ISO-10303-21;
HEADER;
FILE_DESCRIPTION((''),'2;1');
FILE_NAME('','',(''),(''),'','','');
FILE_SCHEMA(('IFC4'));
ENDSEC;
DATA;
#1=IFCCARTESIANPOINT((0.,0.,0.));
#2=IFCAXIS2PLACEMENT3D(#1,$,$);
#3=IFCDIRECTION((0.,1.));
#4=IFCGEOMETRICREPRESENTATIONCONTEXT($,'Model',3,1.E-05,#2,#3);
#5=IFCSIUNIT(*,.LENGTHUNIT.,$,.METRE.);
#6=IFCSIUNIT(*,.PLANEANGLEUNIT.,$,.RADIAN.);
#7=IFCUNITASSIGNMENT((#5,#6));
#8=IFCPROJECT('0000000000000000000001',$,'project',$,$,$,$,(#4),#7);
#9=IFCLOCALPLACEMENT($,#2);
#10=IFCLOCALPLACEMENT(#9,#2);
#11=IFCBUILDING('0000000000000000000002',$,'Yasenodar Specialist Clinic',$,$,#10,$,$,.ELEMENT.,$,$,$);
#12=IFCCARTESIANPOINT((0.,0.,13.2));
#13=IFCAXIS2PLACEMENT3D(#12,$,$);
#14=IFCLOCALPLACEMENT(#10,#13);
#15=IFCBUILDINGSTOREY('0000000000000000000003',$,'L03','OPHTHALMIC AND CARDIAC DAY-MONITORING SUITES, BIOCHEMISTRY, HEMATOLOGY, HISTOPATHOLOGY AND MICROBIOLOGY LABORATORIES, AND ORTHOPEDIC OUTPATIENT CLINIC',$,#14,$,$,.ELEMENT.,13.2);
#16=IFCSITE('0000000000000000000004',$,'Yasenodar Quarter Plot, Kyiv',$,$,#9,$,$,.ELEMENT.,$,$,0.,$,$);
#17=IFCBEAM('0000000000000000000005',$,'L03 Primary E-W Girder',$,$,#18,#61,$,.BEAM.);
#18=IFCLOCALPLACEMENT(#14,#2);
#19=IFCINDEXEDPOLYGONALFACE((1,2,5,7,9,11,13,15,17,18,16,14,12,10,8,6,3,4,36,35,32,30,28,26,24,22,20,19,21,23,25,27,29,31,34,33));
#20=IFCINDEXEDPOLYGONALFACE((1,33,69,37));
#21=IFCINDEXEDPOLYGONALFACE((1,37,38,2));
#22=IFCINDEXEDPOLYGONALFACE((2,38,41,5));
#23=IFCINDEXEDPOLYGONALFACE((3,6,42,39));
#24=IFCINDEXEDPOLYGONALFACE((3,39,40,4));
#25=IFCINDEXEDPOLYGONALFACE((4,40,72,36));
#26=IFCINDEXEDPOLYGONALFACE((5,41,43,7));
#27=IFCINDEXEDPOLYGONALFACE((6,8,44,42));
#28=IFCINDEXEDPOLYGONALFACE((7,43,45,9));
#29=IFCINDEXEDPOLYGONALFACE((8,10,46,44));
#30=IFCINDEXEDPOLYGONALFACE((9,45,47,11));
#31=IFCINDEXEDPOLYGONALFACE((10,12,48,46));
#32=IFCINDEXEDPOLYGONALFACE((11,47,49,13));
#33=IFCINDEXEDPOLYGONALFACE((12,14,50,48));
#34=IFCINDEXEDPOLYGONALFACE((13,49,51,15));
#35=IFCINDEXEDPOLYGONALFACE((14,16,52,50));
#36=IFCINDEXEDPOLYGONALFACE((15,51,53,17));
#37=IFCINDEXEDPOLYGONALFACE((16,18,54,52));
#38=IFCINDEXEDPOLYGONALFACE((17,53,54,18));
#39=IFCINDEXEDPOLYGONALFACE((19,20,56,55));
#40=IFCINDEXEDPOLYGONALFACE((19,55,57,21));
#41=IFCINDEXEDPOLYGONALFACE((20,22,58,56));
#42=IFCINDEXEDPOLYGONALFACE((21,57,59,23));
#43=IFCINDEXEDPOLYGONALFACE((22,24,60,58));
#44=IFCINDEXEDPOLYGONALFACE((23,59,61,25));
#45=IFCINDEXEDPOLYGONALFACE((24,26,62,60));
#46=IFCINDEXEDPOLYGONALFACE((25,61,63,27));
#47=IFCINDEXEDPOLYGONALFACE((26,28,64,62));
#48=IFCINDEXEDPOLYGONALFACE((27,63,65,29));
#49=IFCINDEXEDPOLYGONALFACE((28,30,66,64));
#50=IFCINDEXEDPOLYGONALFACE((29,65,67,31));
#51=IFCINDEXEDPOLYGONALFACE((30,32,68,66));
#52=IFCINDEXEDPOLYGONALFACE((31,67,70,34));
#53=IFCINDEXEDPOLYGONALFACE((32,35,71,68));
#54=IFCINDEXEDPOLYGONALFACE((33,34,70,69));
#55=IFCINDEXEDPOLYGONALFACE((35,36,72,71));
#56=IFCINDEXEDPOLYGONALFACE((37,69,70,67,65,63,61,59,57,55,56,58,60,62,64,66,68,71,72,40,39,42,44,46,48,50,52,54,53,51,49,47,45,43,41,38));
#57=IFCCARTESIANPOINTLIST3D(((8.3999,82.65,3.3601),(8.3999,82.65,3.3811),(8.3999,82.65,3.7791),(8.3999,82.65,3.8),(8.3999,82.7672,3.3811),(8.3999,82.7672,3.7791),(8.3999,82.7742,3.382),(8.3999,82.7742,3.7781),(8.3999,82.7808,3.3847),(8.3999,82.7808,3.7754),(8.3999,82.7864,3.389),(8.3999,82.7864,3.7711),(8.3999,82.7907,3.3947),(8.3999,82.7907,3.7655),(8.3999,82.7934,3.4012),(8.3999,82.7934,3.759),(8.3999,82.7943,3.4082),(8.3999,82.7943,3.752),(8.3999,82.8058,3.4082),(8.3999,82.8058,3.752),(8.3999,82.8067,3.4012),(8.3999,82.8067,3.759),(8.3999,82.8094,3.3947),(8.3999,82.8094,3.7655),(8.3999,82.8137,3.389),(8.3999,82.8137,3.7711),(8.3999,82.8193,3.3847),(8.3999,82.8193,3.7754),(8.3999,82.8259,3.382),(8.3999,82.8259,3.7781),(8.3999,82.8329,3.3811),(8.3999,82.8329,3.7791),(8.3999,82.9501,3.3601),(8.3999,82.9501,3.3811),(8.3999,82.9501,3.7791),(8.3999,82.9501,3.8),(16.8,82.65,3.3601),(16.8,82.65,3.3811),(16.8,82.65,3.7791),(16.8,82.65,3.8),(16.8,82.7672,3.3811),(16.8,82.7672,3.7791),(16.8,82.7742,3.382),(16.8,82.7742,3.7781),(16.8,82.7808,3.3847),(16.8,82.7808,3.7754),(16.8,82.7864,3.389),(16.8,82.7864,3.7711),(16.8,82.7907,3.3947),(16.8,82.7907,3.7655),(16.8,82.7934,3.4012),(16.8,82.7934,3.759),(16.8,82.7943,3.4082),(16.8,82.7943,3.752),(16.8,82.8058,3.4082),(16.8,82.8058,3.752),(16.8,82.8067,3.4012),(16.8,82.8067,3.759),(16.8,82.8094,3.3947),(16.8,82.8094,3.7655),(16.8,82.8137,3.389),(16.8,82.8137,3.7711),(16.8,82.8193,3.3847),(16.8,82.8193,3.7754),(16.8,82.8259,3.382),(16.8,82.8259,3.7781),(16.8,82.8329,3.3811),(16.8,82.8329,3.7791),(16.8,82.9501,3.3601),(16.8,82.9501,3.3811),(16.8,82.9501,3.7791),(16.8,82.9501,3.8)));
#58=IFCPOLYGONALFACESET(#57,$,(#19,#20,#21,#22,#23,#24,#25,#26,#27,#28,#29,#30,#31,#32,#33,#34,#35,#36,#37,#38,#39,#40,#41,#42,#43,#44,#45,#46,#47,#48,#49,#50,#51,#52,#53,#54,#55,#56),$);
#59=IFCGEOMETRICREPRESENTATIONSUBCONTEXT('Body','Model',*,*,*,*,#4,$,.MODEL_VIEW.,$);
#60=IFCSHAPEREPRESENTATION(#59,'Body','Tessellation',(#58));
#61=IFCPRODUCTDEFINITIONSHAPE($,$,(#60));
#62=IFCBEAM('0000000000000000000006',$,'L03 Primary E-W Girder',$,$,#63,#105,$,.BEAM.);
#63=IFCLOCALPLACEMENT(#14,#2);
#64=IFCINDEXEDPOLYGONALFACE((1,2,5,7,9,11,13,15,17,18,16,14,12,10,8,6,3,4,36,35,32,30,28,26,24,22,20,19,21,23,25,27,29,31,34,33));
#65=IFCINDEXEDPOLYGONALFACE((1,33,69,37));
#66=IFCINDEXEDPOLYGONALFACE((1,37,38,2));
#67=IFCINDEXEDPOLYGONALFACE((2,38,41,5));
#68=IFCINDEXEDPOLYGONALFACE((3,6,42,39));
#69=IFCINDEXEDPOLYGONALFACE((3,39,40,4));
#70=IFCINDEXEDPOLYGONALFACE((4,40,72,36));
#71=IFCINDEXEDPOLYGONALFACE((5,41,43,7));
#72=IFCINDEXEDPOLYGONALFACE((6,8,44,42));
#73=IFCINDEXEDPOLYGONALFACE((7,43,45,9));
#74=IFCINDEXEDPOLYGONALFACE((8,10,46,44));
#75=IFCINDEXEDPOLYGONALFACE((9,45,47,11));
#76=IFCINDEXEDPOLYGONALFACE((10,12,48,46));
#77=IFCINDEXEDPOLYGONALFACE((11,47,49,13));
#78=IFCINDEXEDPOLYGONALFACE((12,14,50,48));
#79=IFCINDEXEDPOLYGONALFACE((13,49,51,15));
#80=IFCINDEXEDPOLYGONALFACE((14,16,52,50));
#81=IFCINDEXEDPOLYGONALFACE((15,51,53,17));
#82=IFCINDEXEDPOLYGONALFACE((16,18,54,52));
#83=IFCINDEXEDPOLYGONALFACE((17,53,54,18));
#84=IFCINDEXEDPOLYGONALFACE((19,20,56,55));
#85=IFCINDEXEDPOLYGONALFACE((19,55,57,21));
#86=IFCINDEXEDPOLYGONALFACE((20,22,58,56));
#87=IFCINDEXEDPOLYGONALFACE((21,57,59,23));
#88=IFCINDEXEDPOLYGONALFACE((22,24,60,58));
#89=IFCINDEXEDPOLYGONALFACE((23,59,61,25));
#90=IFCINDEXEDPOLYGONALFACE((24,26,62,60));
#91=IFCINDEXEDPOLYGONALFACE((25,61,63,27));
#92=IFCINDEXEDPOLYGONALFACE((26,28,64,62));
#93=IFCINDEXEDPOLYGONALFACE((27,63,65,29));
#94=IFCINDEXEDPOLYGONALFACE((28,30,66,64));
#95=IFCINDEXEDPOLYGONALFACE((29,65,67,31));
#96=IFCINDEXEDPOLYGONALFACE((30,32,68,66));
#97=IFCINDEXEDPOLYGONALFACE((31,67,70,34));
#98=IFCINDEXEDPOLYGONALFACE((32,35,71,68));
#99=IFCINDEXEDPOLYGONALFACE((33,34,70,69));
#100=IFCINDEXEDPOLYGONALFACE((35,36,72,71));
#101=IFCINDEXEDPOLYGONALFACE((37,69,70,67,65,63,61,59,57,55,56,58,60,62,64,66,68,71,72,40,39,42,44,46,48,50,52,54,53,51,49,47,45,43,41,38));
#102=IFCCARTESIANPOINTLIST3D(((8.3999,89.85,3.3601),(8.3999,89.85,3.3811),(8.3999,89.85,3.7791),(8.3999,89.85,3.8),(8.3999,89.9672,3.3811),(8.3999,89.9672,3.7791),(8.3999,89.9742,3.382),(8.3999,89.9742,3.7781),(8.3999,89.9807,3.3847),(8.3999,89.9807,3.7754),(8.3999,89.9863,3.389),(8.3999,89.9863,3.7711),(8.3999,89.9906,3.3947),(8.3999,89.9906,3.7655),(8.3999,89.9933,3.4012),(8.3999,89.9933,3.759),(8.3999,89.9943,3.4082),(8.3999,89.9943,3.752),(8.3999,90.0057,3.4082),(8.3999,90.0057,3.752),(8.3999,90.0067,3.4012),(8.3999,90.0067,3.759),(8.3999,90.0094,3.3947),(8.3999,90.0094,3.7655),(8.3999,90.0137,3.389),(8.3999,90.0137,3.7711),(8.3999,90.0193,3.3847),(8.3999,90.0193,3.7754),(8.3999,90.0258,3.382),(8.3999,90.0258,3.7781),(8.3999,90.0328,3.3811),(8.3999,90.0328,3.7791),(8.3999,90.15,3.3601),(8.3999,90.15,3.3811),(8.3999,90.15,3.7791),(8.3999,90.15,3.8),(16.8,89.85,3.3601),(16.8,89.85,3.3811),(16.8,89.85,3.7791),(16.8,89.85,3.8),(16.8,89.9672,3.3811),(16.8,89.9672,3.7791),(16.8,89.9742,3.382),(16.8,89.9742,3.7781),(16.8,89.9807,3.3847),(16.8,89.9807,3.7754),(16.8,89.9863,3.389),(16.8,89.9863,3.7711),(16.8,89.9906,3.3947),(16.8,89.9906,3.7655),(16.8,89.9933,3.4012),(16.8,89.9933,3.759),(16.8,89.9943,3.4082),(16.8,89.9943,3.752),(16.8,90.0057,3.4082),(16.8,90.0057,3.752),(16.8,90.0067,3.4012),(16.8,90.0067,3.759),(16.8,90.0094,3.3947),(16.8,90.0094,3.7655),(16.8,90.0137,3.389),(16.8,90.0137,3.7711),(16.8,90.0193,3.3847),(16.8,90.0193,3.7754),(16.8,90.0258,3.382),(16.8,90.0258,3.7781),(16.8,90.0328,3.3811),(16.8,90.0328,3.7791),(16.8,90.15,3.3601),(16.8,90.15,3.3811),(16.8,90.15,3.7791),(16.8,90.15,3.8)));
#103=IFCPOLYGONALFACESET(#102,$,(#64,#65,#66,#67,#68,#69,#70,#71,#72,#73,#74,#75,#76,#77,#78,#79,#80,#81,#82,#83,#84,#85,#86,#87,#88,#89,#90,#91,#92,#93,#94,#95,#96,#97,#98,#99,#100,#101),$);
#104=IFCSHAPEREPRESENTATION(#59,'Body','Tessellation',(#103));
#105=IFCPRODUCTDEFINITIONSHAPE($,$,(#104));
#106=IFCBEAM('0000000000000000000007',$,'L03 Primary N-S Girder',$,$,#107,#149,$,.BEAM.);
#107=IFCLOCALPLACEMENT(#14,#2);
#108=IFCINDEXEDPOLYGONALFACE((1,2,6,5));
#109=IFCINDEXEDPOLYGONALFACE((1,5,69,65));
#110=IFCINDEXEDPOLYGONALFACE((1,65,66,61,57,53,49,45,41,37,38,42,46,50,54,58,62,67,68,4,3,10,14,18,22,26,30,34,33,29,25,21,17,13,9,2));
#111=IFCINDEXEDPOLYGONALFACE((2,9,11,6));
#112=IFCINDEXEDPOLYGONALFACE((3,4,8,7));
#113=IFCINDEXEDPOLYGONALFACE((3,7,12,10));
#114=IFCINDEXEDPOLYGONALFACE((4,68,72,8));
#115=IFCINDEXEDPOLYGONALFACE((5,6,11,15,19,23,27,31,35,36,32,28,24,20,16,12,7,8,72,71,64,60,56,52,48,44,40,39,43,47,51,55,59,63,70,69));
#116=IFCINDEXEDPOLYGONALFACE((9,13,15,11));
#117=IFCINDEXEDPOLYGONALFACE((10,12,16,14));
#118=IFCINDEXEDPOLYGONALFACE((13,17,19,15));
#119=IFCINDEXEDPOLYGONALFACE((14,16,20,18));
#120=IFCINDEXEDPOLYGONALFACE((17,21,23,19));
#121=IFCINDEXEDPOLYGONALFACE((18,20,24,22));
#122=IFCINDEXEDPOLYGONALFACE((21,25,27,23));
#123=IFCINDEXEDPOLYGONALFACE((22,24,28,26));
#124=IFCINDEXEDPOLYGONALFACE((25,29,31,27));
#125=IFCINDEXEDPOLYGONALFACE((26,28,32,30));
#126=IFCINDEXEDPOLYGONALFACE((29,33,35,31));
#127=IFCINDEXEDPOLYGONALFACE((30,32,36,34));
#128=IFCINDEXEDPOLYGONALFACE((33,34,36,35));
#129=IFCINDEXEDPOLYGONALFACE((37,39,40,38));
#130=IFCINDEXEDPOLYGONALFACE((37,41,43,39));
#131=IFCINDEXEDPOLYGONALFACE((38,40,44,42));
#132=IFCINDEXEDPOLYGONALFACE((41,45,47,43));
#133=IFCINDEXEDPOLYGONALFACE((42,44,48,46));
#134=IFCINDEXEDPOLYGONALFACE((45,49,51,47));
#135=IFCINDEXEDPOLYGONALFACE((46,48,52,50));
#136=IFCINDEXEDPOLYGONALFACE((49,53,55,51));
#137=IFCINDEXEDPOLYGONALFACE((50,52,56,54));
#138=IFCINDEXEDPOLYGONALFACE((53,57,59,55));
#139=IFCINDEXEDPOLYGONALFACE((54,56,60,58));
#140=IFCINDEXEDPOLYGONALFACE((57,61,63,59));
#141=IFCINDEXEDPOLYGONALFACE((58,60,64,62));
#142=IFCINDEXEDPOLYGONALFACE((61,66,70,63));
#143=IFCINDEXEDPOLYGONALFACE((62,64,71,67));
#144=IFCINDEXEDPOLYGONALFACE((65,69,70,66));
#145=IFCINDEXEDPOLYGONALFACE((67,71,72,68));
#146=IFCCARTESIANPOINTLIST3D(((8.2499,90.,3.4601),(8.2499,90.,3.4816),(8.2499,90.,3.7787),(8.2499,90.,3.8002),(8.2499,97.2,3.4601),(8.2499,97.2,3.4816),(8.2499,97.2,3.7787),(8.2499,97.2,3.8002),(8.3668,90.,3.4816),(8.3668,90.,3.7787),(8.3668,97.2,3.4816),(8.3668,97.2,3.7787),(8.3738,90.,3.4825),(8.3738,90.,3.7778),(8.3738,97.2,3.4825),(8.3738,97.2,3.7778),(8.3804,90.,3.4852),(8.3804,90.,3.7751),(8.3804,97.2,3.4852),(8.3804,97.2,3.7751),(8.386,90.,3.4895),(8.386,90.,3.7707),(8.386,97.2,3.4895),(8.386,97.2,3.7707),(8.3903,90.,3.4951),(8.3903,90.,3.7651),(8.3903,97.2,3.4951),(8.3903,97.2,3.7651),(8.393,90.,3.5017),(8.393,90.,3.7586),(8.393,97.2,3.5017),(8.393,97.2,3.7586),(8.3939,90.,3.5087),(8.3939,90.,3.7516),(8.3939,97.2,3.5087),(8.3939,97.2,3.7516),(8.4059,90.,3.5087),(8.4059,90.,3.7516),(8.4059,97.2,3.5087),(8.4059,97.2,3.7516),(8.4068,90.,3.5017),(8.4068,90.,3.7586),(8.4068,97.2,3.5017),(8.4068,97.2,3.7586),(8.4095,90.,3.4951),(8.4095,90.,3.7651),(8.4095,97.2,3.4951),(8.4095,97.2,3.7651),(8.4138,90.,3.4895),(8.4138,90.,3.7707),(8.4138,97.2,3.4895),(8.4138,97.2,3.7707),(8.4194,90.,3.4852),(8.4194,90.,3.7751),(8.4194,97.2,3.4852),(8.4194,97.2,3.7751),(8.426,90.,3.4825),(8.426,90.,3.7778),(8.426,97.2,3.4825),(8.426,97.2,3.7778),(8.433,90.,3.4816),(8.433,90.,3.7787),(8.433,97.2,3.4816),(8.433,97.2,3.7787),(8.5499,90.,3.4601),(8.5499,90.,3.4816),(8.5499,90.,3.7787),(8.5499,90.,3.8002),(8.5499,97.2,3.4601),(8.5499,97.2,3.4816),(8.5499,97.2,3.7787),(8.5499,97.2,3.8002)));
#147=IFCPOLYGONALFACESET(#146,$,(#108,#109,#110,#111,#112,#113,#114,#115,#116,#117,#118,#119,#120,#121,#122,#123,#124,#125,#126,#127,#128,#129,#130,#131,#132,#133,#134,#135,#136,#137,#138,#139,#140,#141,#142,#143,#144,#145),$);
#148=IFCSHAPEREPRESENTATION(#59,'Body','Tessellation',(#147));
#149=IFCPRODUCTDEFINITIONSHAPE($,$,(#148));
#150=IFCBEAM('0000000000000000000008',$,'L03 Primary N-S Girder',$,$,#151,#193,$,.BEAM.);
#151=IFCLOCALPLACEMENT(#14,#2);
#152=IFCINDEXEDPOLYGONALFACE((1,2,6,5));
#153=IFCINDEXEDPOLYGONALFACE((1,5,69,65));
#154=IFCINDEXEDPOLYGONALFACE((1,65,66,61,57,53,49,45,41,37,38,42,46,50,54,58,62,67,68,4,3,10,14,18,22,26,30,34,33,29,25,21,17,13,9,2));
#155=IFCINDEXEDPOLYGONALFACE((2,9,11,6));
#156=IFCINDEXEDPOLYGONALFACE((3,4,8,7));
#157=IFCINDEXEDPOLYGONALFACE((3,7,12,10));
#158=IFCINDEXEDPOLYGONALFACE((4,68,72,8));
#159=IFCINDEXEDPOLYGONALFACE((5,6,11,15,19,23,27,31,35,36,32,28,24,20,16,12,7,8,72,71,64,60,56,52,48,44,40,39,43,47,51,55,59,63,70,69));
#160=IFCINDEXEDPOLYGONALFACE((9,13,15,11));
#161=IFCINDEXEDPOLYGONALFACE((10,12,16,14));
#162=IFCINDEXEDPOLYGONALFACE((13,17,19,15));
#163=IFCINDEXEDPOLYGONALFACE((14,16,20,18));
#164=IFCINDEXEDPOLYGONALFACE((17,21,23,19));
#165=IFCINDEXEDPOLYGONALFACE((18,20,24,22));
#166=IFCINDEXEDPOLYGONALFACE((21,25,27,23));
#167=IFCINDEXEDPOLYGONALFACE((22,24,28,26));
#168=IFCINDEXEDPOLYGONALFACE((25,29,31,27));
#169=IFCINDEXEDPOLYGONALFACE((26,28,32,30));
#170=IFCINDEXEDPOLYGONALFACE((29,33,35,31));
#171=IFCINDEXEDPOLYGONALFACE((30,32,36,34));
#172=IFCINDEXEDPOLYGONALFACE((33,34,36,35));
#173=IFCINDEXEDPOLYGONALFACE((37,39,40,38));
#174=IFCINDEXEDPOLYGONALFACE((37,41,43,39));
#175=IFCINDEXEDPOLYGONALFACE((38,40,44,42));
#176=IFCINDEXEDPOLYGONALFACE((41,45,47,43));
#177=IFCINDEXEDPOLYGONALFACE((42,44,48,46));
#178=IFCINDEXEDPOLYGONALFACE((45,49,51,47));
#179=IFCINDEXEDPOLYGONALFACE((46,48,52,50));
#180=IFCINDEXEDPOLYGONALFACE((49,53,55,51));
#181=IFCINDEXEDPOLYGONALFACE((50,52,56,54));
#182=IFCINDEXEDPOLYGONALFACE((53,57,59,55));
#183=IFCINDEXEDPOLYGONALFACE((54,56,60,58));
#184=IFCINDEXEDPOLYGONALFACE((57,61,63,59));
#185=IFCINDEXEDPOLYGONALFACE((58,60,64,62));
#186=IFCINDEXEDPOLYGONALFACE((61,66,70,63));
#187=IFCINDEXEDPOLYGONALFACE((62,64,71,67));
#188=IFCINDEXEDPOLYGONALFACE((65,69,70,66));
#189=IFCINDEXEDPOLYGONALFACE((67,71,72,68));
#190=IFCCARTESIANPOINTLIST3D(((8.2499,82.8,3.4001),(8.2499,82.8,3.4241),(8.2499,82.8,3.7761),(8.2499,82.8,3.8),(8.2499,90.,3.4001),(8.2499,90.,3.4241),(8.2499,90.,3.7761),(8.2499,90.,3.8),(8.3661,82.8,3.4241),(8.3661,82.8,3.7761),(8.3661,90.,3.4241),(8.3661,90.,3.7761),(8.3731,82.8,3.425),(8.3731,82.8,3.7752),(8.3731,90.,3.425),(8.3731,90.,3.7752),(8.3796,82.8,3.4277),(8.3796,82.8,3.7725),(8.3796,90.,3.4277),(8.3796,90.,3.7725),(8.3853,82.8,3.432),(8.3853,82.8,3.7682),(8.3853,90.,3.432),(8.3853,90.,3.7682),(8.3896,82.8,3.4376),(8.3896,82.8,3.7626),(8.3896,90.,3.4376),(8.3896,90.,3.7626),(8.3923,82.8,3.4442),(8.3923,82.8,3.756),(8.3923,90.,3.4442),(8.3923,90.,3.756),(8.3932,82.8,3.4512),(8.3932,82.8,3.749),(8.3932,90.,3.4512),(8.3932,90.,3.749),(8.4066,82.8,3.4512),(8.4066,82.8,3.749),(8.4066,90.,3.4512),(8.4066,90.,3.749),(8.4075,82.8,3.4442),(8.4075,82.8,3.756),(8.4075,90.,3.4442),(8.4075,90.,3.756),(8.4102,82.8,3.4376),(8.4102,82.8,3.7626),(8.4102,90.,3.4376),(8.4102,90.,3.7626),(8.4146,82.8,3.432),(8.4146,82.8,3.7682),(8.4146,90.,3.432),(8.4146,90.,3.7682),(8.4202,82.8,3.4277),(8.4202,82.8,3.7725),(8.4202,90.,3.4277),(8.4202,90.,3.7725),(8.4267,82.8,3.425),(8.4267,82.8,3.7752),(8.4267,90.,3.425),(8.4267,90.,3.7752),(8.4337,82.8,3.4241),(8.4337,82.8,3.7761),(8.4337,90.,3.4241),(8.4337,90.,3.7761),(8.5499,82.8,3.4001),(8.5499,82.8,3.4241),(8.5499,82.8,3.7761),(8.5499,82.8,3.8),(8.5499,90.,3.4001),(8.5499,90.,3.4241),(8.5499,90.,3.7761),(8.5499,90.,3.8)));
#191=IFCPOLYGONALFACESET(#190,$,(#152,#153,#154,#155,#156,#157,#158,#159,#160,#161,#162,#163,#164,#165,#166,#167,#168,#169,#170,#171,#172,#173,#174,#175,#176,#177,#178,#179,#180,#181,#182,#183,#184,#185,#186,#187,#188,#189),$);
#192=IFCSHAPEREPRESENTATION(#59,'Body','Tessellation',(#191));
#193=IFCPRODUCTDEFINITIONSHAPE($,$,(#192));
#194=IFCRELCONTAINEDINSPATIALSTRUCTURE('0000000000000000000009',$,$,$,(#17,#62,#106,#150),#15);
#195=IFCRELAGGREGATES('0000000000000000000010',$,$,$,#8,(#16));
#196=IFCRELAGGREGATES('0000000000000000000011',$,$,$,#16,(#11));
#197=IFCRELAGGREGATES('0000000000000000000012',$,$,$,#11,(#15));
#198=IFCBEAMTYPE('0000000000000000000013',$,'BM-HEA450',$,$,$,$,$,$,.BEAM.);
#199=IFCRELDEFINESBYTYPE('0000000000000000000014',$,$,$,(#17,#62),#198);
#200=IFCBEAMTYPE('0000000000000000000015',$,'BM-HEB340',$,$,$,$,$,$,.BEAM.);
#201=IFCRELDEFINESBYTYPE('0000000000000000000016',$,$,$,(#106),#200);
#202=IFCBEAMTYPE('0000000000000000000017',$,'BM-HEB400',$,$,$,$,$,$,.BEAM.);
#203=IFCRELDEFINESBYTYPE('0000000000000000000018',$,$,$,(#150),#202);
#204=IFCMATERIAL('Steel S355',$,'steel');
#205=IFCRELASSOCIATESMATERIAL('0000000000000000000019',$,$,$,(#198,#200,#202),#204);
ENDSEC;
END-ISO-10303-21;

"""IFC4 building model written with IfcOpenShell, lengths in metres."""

from ifc_helpers import new_model, si_unit, direction, frame, origin, origin_2d, place, context, subcontext, project, spatial, i_section, extrude, material, material_profile, profile_set, type_object, element, save


model = new_model("IFC4")

# Units and contexts
model_context = context("Model", 3, precision=1e-05, world=origin(), true_north=direction((0.0, 1.0)))
body_context = subcontext(model_context, "Body", "Model", "MODEL_VIEW")
ifc_project = project(units=[si_unit("LENGTHUNIT", "METRE"), si_unit("PLANEANGLEUNIT", "RADIAN")], contexts=[model_context])

# Site, building, storey
site_placement = place(None, origin())
site = spatial("IfcSite", under=ifc_project, at=site_placement, Name="Yasenodar Quarter Plot, Kyiv", CompositionType="ELEMENT", RefElevation=0.0)
building_placement = place(site_placement, origin())
building = spatial("IfcBuilding", under=site, at=building_placement, Name="Yasenodar Specialist Clinic", CompositionType="ELEMENT")
storey_placement = place(building_placement, frame((0.0, 0.0, 13.2)))
storey = spatial("IfcBuildingStorey", under=building, at=storey_placement, Name="L03", Description="OPHTHALMIC AND CARDIAC DAY-MONITORING SUITES, BIOCHEMISTRY, HEMATOLOGY, HISTOPATHOLOGY AND MICROBIOLOGY LABORATORIES, AND ORTHOPEDIC OUTPATIENT CLINIC", CompositionType="ELEMENT", Elevation=13.2)

# Shared definitions
ifc_material_1 = material(Name="Steel S355", Category="steel")

# Beams
ifc_material_profile_1 = material_profile(ifc_material_1, i_section(OverallWidth=0.3, OverallDepth=0.4399, WebThickness=0.0115, FlangeThickness=0.021, FilletRadius=0.0271, at=origin_2d()), Name="HEA 450")
ifc_profile_set_1 = profile_set([ifc_material_profile_1], Name="Steel S355")
beam_type_1 = type_object("IfcBeamType", Name="BM-HEA450", PredefinedType="BEAM", material=ifc_profile_set_1)
for number, where, z_axis, x_axis, name in (
    (1, (8.3999, 82.8, 3.5801), (1.0, 0.0, 0.0), (0.0, 1.0, 0.0), "L03 Primary E-W Girder"),
    (2, (8.3999, 90.0, 3.5801), (1.0, 0.0, 0.0), (0.0, 1.0, 0.0), "L03 Primary E-W Girder"),
):
    element("IfcBeam", number, at=place(storey_placement, frame(where, z_axis=z_axis, x_axis=x_axis)), inside=storey, type_object=beam_type_1, Name=name, PredefinedType="BEAM", context=body_context, shape_type="SweptSolid", body=[
        extrude(i_section(OverallWidth=0.3, OverallDepth=0.4399, WebThickness=0.0115, FlangeThickness=0.021, FilletRadius=0.0271, at=origin_2d()), origin(), (0.0, 0.0, 1.0), 8.4001),
    ])
ifc_material_profile_2 = material_profile(ifc_material_1, i_section(OverallWidth=0.3, OverallDepth=0.3401, WebThickness=0.012, FlangeThickness=0.0215, FilletRadius=0.0271, at=origin_2d()), Name="HEB 340")
ifc_profile_set_2 = profile_set([ifc_material_profile_2], Name="Steel S355")
beam_type_2 = type_object("IfcBeamType", Name="BM-HEB340", PredefinedType="BEAM", material=ifc_profile_set_2)
beam_1_placement = place(storey_placement, frame((8.3999, 90.0, 3.6301), z_axis=(0.0, 1.0, 0.0), x_axis=(-1.0, 0.0, 0.0)))
element("IfcBeam", 3, at=beam_1_placement, inside=storey, type_object=beam_type_2, Name="L03 Primary N-S Girder", PredefinedType="BEAM", context=body_context, shape_type="SweptSolid", body=[
    extrude(i_section(OverallWidth=0.3, OverallDepth=0.3401, WebThickness=0.012, FlangeThickness=0.0215, FilletRadius=0.0271, at=origin_2d()), origin(), (0.0, 0.0, 1.0), 7.2),
])
ifc_material_profile_3 = material_profile(ifc_material_1, i_section(OverallWidth=0.3, OverallDepth=0.3999, WebThickness=0.0134, FlangeThickness=0.0239, FilletRadius=0.0271, at=origin_2d()), Name="HEB 400")
ifc_profile_set_3 = profile_set([ifc_material_profile_3], Name="Steel S355")
beam_type_3 = type_object("IfcBeamType", Name="BM-HEB400", PredefinedType="BEAM", material=ifc_profile_set_3)
beam_2_placement = place(storey_placement, frame((8.3999, 82.8, 3.6001), z_axis=(0.0, 1.0, 0.0), x_axis=(-1.0, 0.0, 0.0)))
element("IfcBeam", 4, at=beam_2_placement, inside=storey, type_object=beam_type_3, Name="L03 Primary N-S Girder", PredefinedType="BEAM", context=body_context, shape_type="SweptSolid", body=[
    extrude(i_section(OverallWidth=0.3, OverallDepth=0.3999, WebThickness=0.0134, FlangeThickness=0.0239, FilletRadius=0.0271, at=origin_2d()), origin(), (0.0, 0.0, 1.0), 7.2),
])

save(model, "model.ifc")
